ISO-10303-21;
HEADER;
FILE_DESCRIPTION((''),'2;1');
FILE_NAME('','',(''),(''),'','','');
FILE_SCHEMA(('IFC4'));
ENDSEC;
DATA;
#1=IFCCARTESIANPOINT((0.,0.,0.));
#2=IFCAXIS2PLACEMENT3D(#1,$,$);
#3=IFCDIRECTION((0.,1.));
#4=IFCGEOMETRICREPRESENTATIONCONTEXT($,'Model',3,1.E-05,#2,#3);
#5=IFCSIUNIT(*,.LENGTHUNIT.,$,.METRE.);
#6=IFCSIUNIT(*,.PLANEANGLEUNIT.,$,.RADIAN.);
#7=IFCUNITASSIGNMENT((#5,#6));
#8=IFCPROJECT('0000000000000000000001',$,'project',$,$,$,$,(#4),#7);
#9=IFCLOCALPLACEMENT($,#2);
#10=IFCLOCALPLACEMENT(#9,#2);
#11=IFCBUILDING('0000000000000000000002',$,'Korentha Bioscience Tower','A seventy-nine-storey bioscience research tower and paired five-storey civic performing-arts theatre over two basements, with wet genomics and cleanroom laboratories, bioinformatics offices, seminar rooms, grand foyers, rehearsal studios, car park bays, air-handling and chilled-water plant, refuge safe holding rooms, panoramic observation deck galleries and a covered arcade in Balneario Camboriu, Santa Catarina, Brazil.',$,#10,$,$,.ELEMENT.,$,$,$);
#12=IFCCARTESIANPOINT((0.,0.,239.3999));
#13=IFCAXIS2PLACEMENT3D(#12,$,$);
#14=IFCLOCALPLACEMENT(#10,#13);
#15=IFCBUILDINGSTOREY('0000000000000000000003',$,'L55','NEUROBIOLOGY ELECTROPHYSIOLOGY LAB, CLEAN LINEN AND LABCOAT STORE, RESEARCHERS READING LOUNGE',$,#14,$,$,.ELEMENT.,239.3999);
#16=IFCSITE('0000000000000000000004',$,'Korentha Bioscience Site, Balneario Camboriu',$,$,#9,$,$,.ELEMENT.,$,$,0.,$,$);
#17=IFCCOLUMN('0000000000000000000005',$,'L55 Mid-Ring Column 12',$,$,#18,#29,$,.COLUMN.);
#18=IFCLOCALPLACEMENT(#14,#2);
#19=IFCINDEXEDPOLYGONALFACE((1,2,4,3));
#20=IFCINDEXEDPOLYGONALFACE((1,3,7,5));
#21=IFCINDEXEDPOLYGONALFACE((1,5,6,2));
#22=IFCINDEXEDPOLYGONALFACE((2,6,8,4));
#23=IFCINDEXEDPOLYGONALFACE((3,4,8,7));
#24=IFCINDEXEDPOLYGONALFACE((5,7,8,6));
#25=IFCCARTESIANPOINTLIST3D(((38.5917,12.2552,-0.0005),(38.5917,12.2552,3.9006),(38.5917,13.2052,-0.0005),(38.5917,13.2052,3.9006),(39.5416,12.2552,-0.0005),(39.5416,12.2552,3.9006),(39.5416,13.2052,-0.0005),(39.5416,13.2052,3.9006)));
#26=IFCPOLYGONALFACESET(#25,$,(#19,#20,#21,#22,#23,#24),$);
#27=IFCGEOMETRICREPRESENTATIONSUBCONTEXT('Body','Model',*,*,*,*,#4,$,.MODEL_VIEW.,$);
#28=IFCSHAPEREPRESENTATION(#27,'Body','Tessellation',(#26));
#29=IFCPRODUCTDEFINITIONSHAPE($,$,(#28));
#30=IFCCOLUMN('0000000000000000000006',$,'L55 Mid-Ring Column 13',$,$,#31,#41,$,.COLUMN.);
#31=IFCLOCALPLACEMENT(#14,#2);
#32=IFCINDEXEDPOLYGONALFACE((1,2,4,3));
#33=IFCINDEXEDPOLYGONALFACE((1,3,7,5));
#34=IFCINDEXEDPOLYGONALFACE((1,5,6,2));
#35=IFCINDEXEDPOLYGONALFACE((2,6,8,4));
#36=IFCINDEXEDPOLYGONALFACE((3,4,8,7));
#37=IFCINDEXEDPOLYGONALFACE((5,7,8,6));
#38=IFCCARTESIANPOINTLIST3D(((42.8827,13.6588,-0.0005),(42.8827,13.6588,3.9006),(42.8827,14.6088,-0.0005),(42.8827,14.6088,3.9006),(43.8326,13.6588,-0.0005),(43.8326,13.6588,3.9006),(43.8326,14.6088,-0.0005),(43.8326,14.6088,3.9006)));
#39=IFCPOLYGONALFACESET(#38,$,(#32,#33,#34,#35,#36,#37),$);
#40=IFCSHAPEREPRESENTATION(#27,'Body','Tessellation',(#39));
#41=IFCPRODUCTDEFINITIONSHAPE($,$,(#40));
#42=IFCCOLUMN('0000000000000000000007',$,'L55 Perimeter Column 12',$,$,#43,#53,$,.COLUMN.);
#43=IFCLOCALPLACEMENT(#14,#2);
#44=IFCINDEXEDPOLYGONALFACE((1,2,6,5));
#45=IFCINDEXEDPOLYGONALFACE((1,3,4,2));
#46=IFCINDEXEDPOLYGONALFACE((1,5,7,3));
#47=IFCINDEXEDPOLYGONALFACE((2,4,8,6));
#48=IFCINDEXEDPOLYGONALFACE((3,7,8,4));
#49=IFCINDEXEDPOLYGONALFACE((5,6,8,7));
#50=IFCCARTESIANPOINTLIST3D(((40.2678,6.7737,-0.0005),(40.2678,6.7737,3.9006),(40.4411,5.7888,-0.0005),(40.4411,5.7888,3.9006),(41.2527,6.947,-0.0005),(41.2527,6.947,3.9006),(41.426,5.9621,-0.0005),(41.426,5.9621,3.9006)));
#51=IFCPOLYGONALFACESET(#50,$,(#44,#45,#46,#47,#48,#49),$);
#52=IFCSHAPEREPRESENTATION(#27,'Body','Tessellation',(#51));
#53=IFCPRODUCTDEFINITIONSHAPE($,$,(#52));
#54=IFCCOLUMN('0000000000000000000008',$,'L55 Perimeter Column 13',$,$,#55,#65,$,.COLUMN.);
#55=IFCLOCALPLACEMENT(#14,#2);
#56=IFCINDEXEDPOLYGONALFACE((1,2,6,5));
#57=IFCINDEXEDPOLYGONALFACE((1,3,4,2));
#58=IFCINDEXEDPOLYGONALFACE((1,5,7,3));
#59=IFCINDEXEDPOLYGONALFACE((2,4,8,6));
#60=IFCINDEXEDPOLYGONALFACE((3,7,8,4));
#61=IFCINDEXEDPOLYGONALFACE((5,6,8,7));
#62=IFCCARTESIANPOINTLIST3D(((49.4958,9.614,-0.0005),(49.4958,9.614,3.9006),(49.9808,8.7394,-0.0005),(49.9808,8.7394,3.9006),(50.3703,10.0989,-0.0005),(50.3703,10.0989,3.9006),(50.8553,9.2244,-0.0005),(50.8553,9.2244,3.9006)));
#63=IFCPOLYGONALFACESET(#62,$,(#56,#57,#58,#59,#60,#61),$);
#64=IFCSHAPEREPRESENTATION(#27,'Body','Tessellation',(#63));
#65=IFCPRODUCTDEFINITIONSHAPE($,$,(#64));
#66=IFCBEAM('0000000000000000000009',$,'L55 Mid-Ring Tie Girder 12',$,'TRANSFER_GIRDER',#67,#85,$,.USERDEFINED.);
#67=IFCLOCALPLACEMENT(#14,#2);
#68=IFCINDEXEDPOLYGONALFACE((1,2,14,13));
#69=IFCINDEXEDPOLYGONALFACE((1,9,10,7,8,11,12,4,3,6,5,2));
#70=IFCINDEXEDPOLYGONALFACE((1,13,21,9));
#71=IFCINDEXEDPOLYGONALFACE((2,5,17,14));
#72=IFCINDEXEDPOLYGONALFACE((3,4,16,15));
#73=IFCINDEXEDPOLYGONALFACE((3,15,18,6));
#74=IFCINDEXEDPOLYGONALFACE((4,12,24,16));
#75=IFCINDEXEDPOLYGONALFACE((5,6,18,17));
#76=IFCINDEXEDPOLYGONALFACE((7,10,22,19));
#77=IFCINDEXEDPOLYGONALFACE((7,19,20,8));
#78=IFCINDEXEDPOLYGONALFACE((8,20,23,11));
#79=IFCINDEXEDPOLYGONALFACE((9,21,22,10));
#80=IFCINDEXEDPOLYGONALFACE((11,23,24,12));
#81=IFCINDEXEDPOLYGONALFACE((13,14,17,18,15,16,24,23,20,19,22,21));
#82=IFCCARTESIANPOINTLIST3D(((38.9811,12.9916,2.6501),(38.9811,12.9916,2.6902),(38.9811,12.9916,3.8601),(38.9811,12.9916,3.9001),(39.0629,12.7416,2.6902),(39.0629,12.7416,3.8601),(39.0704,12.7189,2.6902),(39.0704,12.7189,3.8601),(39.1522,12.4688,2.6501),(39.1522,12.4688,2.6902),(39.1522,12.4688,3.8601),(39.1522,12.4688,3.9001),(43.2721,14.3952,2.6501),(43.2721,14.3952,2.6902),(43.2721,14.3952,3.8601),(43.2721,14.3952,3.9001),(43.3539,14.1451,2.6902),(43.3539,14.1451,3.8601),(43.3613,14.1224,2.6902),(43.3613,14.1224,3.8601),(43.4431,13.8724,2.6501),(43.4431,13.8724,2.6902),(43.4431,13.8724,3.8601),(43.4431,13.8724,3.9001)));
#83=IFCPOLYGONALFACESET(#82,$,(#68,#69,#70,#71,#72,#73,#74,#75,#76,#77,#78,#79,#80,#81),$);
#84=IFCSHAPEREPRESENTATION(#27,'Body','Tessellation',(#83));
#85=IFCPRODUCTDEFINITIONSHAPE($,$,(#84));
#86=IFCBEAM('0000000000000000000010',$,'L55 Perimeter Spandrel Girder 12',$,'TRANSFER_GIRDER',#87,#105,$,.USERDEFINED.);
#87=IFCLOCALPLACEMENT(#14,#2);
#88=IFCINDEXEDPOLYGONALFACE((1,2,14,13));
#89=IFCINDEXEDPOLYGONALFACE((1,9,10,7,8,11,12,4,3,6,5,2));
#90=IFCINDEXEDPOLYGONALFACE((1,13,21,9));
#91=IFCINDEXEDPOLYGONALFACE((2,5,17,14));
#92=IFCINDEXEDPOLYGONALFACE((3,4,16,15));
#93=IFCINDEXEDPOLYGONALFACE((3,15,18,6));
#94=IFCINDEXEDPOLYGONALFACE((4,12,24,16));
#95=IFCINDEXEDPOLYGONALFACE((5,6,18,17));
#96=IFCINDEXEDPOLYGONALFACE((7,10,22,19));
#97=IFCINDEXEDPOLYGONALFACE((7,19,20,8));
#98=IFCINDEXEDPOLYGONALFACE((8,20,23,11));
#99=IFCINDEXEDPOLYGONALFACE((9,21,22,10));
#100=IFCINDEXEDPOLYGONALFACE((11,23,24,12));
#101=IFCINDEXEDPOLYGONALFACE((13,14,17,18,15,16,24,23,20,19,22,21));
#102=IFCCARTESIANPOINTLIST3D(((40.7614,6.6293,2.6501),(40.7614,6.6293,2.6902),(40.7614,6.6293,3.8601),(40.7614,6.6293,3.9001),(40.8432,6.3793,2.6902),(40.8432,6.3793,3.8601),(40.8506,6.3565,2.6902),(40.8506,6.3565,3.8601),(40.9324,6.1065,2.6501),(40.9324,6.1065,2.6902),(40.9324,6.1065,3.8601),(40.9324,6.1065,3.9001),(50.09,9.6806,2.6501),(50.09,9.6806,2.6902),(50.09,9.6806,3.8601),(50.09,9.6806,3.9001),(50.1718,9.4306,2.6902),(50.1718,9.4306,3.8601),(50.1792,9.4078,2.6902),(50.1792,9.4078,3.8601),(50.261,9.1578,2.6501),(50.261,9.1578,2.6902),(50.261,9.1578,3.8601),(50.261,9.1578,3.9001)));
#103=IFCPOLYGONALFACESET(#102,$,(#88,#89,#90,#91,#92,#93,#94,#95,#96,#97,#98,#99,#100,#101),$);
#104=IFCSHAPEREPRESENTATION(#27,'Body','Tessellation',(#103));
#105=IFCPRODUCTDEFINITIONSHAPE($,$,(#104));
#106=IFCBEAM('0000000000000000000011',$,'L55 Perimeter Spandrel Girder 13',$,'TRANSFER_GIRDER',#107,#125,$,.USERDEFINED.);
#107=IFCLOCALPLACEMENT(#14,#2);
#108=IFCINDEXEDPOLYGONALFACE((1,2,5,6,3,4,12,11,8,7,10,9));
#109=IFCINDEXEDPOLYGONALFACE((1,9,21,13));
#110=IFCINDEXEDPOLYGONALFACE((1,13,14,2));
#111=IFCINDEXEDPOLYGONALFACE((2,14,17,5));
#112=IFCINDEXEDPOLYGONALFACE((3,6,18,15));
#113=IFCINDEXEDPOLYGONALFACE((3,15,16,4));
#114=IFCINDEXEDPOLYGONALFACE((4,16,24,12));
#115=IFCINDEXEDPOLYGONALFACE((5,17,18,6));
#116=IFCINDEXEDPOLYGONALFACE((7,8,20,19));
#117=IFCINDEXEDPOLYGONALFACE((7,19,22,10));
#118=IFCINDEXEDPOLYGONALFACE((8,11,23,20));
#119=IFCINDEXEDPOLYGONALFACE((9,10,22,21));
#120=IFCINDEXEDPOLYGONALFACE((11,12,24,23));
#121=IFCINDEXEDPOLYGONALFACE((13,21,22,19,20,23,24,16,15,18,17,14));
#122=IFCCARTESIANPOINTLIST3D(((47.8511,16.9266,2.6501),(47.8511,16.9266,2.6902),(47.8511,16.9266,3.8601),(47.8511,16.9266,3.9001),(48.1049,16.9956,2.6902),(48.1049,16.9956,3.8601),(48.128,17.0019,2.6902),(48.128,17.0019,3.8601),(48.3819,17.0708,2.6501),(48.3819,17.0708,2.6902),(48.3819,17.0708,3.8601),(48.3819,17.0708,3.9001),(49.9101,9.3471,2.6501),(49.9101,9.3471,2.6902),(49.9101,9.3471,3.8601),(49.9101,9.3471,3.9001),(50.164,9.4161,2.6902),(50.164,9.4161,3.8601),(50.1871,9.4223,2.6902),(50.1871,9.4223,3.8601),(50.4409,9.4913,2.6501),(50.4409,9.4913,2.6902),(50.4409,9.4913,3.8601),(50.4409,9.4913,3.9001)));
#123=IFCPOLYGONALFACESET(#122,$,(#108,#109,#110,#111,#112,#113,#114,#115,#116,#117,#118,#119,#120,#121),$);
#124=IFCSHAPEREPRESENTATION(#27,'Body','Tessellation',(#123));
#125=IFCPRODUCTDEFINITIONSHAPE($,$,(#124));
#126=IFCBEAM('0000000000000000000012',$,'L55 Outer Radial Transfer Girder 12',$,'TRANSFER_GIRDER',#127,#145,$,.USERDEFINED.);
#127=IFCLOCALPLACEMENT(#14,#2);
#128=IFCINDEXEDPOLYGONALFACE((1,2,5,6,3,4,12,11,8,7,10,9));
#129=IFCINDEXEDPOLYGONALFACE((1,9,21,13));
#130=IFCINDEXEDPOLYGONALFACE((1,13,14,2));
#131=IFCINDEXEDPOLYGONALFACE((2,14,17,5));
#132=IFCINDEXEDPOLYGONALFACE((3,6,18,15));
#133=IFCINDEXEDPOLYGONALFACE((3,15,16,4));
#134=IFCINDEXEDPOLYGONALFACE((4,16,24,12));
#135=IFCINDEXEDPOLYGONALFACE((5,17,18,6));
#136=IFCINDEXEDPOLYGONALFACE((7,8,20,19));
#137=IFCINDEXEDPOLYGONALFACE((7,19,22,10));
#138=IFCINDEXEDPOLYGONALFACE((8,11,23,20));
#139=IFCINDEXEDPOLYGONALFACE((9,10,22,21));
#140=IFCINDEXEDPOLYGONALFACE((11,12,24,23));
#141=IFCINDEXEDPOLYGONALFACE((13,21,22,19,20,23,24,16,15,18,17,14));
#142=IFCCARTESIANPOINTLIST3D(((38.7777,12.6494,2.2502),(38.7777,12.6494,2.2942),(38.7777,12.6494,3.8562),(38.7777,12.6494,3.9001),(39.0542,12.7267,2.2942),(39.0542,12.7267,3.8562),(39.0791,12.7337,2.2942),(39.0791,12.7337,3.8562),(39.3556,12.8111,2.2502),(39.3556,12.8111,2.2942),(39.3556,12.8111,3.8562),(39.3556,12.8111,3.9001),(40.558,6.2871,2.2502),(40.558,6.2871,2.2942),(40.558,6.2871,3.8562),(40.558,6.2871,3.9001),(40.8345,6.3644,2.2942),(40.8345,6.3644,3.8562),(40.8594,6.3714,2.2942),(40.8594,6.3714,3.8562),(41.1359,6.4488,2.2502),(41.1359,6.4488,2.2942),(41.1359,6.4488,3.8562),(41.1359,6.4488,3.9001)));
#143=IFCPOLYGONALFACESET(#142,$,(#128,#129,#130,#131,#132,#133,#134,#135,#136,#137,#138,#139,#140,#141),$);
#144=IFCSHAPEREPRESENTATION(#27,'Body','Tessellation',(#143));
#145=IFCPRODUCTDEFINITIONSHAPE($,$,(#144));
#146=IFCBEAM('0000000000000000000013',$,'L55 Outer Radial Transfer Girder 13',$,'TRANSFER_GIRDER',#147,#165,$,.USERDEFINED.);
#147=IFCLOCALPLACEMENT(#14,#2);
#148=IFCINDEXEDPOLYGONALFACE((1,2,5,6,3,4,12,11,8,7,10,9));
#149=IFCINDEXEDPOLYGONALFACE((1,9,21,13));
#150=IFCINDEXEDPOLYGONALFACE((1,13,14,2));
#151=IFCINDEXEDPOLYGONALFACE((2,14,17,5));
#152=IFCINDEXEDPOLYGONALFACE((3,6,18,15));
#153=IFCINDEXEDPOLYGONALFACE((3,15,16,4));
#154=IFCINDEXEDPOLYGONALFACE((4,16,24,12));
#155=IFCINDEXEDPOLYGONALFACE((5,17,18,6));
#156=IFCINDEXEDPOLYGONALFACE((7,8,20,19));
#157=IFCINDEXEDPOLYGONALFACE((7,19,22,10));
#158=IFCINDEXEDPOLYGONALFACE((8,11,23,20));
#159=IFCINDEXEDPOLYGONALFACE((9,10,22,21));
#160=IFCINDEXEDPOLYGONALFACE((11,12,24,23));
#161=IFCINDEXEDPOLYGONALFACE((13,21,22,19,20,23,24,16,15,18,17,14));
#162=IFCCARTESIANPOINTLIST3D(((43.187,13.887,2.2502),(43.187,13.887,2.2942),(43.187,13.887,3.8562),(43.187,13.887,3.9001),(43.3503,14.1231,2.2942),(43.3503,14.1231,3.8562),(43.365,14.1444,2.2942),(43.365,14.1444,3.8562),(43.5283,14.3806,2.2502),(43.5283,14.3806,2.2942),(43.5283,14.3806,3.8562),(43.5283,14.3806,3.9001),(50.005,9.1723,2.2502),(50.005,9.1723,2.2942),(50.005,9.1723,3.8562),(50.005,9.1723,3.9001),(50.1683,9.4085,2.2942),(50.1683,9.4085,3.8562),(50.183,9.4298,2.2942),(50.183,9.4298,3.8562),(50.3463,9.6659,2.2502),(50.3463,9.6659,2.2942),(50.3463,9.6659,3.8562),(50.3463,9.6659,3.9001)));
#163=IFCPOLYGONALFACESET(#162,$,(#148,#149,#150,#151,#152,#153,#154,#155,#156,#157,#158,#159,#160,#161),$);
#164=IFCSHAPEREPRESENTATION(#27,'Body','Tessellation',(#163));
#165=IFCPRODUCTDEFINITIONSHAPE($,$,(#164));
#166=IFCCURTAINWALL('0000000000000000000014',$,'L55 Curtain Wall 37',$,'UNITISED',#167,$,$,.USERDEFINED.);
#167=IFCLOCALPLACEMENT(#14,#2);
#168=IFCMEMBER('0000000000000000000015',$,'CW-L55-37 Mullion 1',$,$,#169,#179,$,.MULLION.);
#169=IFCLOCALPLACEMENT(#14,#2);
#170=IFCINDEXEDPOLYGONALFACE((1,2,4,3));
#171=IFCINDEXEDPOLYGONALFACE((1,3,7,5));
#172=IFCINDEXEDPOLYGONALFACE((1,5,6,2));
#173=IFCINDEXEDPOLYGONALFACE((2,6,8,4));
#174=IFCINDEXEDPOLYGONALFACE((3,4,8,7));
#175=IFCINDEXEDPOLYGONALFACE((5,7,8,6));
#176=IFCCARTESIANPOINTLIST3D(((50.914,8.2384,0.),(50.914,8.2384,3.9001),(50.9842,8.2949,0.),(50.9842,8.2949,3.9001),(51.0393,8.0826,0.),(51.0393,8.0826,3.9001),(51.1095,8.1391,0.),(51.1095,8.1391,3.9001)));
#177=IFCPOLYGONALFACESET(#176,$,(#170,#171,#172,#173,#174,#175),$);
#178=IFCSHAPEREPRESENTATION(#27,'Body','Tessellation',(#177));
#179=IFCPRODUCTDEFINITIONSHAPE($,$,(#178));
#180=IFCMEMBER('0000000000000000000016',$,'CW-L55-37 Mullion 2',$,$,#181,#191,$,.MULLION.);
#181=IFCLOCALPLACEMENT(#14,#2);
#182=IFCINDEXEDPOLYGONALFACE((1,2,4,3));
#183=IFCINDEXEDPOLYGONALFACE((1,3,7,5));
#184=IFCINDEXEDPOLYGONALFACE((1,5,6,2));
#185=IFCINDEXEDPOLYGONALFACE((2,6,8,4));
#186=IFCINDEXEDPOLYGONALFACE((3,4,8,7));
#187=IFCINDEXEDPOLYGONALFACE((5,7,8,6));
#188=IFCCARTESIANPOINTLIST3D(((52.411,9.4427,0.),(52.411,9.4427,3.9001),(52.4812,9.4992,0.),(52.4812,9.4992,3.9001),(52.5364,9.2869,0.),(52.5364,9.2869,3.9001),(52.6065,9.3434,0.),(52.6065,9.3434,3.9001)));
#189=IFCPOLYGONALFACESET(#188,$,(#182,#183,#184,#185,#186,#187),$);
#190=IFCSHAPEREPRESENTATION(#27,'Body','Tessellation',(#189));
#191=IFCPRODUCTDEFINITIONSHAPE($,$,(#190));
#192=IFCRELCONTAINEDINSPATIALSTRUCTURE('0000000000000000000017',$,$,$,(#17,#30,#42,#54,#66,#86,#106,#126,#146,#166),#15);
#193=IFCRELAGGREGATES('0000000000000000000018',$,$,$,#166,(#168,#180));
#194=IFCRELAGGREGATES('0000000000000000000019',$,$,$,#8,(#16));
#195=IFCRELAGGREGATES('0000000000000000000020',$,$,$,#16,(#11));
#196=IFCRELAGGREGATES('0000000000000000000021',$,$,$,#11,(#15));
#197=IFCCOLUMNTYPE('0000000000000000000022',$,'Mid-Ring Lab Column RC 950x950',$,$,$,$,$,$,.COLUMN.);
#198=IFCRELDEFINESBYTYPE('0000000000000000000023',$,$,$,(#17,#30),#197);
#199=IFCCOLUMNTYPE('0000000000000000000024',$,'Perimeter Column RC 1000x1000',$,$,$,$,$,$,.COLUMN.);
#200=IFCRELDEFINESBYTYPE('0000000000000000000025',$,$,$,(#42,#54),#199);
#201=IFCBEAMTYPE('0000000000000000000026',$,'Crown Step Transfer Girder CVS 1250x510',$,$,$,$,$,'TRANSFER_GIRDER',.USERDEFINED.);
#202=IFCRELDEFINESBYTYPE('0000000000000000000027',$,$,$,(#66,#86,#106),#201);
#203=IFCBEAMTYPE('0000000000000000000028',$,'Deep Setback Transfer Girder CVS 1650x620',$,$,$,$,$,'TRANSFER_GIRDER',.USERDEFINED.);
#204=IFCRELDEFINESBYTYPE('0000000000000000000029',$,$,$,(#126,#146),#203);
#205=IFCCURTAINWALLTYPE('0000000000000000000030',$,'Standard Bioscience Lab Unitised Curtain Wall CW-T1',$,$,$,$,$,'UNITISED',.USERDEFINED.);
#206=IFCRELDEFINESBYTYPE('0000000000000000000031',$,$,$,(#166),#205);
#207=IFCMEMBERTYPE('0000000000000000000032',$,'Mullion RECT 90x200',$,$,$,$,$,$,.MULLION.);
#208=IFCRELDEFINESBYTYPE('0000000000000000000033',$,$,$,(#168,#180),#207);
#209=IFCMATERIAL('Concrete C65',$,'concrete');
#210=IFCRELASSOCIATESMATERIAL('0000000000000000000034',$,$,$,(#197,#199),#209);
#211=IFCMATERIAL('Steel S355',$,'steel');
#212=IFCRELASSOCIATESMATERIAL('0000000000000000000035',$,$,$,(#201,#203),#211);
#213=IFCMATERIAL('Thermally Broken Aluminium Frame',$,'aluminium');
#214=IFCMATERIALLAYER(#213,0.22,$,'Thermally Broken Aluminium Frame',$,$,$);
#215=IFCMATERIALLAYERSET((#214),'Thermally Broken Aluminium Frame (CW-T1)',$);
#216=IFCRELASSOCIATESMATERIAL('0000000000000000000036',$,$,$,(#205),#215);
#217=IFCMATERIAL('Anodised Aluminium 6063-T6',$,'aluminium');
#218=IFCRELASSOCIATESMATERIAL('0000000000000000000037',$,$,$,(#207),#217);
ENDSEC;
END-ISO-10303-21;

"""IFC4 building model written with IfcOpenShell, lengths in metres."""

from ifc_helpers import new_model, si_unit, direction, frame, origin, origin_2d, place, context, subcontext, project, spatial, rectangle, i_section, extrude, material, layer, layer_set, material_profile, profile_set, type_object, element, aggregate, save


model = new_model("IFC4")

# Units and contexts
model_context = context("Model", 3, precision=1e-05, world=origin(), true_north=direction((0.0, 1.0)))
body_context = subcontext(model_context, "Body", "Model", "MODEL_VIEW")
ifc_project = project(units=[si_unit("LENGTHUNIT", "METRE"), si_unit("PLANEANGLEUNIT", "RADIAN")], contexts=[model_context])

# Site, building, storey
site_placement = place(None, origin())
site = spatial("IfcSite", under=ifc_project, at=site_placement, Name="Korentha Bioscience Site, Balneario Camboriu", CompositionType="ELEMENT", RefElevation=0.0)
building_placement = place(site_placement, origin())
building = spatial("IfcBuilding", under=site, at=building_placement, Name="Korentha Bioscience Tower", Description="A seventy-nine-storey bioscience research tower and paired five-storey civic performing-arts theatre over two basements, with wet genomics and cleanroom laboratories, bioinformatics offices, seminar rooms, grand foyers, rehearsal studios, car park bays, air-handling and chilled-water plant, refuge safe holding rooms, panoramic observation deck galleries and a covered arcade in Balneario Camboriu, Santa Catarina, Brazil.", CompositionType="ELEMENT")
storey_placement = place(building_placement, frame((0.0, 0.0, 239.3999)))
storey = spatial("IfcBuildingStorey", under=building, at=storey_placement, Name="L55", Description="NEUROBIOLOGY ELECTROPHYSIOLOGY LAB, CLEAN LINEN AND LABCOAT STORE, RESEARCHERS READING LOUNGE", CompositionType="ELEMENT", Elevation=239.3999)

# Columns
ifc_material_1 = material(Name="Concrete C65", Category="concrete")
ifc_material_profile_1 = material_profile(ifc_material_1, rectangle(XDim=0.95, YDim=0.95, at=origin_2d()), Name="Concrete C65")
ifc_profile_set_1 = profile_set([ifc_material_profile_1], Name="Concrete C65 (COL-MR09)")
column_type_1 = type_object("IfcColumnType", Name="Mid-Ring Lab Column RC 950x950", PredefinedType="COLUMN", material=ifc_profile_set_1)
for number, where, z_axis, x_axis, name in (
    (1, (39.0667, 12.7302, -0.0005), (0.0, 0.0, 1.0), (1.0, 0.0, 0.0), "L55 Mid-Ring Column 12"),
    (2, (43.3577, 14.1338, -0.0005), (0.0, 0.0, 1.0), (1.0, 0.0, 0.0), "L55 Mid-Ring Column 13"),
):
    element("IfcColumn", number, at=place(storey_placement, frame(where, z_axis=z_axis, x_axis=x_axis)), inside=storey, type_object=column_type_1, Name=name, PredefinedType="COLUMN", context=body_context, shape_type="SweptSolid", body=[
        extrude(rectangle(XDim=0.95, YDim=0.95, at=origin_2d()), origin(), (0.0, 0.0, 1.0), 3.9011),
    ])
ifc_material_profile_2 = material_profile(ifc_material_1, rectangle(XDim=1.0, YDim=1.0, at=origin_2d()), Name="Concrete C65")
ifc_profile_set_2 = profile_set([ifc_material_profile_2], Name="Concrete C65 (COL-P10)")
column_type_2 = type_object("IfcColumnType", Name="Perimeter Column RC 1000x1000", PredefinedType="COLUMN", material=ifc_profile_set_2)
for number, where, z_axis, x_axis, name in (
    (3, (40.8469, 6.3679, -0.0005), (0.0, 0.0, 1.0), (0.984868, 0.173304, 0.0), "L55 Perimeter Column 12"),
    (4, (50.1755, 9.4192, -0.0005), (0.0, 0.0, 1.0), (0.874535, 0.484962, 0.0), "L55 Perimeter Column 13"),
):
    element("IfcColumn", number, at=place(storey_placement, frame(where, z_axis=z_axis, x_axis=x_axis)), inside=storey, type_object=column_type_2, Name=name, PredefinedType="COLUMN", context=body_context, shape_type="SweptSolid", body=[
        extrude(rectangle(XDim=1.0, YDim=1.0, at=origin_2d()), origin(), (0.0, 0.0, 1.0), 3.9011),
    ])

# Beams
ifc_material_2 = material(Name="Steel S355", Category="steel")
ifc_material_profile_3 = material_profile(ifc_material_2, i_section(OverallWidth=0.55, OverallDepth=1.25, WebThickness=0.0239, FlangeThickness=0.04, at=origin_2d()), Name="Steel S355")
ifc_profile_set_3 = profile_set([ifc_material_profile_3], Name="Steel S355 (TG-03)")
beam_type_1 = type_object("IfcBeamType", Name="Crown Step Transfer Girder CVS 1250x510", ElementType="TRANSFER_GIRDER", PredefinedType="USERDEFINED", material=ifc_profile_set_3)
beam_1_placement = place(storey_placement, frame((39.0667, 12.7302, 3.2751), z_axis=(0.950447, 0.310885, 0.0), x_axis=(-0.310885, 0.950447, 0.0)))
element("IfcBeam", 5, at=beam_1_placement, inside=storey, type_object=beam_type_1, Name="L55 Mid-Ring Tie Girder 12", ObjectType="TRANSFER_GIRDER", PredefinedType="USERDEFINED", context=body_context, shape_type="SweptSolid", body=[
    extrude(i_section(OverallWidth=0.55, OverallDepth=1.25, WebThickness=0.0239, FlangeThickness=0.04, at=origin_2d()), origin(), (0.0, 0.0, 1.0), 4.5146),
])
beam_2_placement = place(storey_placement, frame((40.8469, 6.3679, 3.2751), z_axis=(0.950449, 0.31088, 0.0), x_axis=(-0.31088, 0.950449, 0.0)))
element("IfcBeam", 6, at=beam_2_placement, inside=storey, type_object=beam_type_1, Name="L55 Perimeter Spandrel Girder 12", ObjectType="TRANSFER_GIRDER", PredefinedType="USERDEFINED", context=body_context, shape_type="SweptSolid", body=[
    extrude(i_section(OverallWidth=0.55, OverallDepth=1.25, WebThickness=0.0239, FlangeThickness=0.04, at=origin_2d()), origin(), (0.0, 0.0, 1.0), 9.8149),
])
beam_3_placement = place(storey_placement, frame((50.1755, 9.4192, 3.2751), z_axis=(-0.26216, 0.965024, 0.0), x_axis=(-0.965024, -0.26216, 0.0)))
element("IfcBeam", 7, at=beam_3_placement, inside=storey, type_object=beam_type_1, Name="L55 Perimeter Spandrel Girder 13", ObjectType="TRANSFER_GIRDER", PredefinedType="USERDEFINED", context=body_context, shape_type="SweptSolid", body=[
    extrude(i_section(OverallWidth=0.55, OverallDepth=1.25, WebThickness=0.0239, FlangeThickness=0.04, at=origin_2d()), origin(), (0.0, 0.0, 1.0), 7.8542),
])
ifc_material_profile_4 = material_profile(ifc_material_2, i_section(OverallWidth=0.6001, OverallDepth=1.6499, WebThickness=0.0259, FlangeThickness=0.0439, at=origin_2d()), Name="Steel S355")
ifc_profile_set_4 = profile_set([ifc_material_profile_4], Name="Steel S355 (TG-04)")
beam_type_2 = type_object("IfcBeamType", Name="Deep Setback Transfer Girder CVS 1650x620", ElementType="TRANSFER_GIRDER", PredefinedType="USERDEFINED", material=ifc_profile_set_4)
beam_4_placement = place(storey_placement, frame((39.0667, 12.7302, 3.0752), z_axis=(0.269465, -0.96301, 0.0), x_axis=(0.96301, 0.269465, 0.0)))
element("IfcBeam", 8, at=beam_4_placement, inside=storey, type_object=beam_type_2, Name="L55 Outer Radial Transfer Girder 12", ObjectType="TRANSFER_GIRDER", PredefinedType="USERDEFINED", context=body_context, shape_type="SweptSolid", body=[
    extrude(i_section(OverallWidth=0.6001, OverallDepth=1.6499, WebThickness=0.0259, FlangeThickness=0.0439, at=origin_2d()), origin(), (0.0, 0.0, 1.0), 6.6067),
])
beam_5_placement = place(storey_placement, frame((43.3577, 14.1338, 3.0752), z_axis=(0.822501, -0.568764, 0.0), x_axis=(0.568764, 0.822501, 0.0)))
element("IfcBeam", 9, at=beam_5_placement, inside=storey, type_object=beam_type_2, Name="L55 Outer Radial Transfer Girder 13", ObjectType="TRANSFER_GIRDER", PredefinedType="USERDEFINED", context=body_context, shape_type="SweptSolid", body=[
    extrude(i_section(OverallWidth=0.6001, OverallDepth=1.6499, WebThickness=0.0259, FlangeThickness=0.0439, at=origin_2d()), origin(), (0.0, 0.0, 1.0), 8.2893),
])

# Curtain wall, members
ifc_material_3 = material(Name="Thermally Broken Aluminium Frame", Category="aluminium")
ifc_layer_1 = layer(ifc_material_3, 0.22, Name="Thermally Broken Aluminium Frame")
ifc_layer_set_1 = layer_set([ifc_layer_1], Name="Thermally Broken Aluminium Frame (CW-T1)")
curtain_wall_type = type_object("IfcCurtainWallType", Name="Standard Bioscience Lab Unitised Curtain Wall CW-T1", ElementType="UNITISED", PredefinedType="USERDEFINED", material=ifc_layer_set_1)
curtain_wall_placement = place(storey_placement, origin())
curtain_wall = element("IfcCurtainWall", 10, at=curtain_wall_placement, inside=storey, type_object=curtain_wall_type, Name="L55 Curtain Wall 37", ObjectType="UNITISED", PredefinedType="USERDEFINED")
ifc_material_4 = material(Name="Anodised Aluminium 6063-T6", Category="aluminium")
ifc_material_profile_5 = material_profile(ifc_material_4, rectangle(XDim=0.0901, YDim=0.2, at=origin_2d()), Name="Anodised Aluminium 6063-T6")
ifc_profile_set_5 = profile_set([ifc_material_profile_5], Name="Anodised Aluminium 6063-T6 (CW-MUL)")
member_type_1 = type_object("IfcMemberType", Name="Mullion RECT 90x200", PredefinedType="MULLION", material=ifc_profile_set_5)
member_1_placement = place(storey_placement, frame((51.0117, 8.1887, 0.0), z_axis=(0.0, 0.0, 1.0), x_axis=(0.779198, 0.626778, 0.0)))
member_1 = element("IfcMember", 11, at=member_1_placement, type_object=member_type_1, Name="CW-L55-37 Mullion 1", PredefinedType="MULLION", context=body_context, shape_type="SweptSolid", body=[
    extrude(rectangle(XDim=0.0901, YDim=0.2, at=origin_2d()), origin(), (0.0, 0.0, 1.0), 3.9001),
])
member_2_placement = place(storey_placement, frame((52.5088, 9.3931, 0.0), z_axis=(0.0, 0.0, 1.0), x_axis=(0.779198, 0.626778, 0.0)))
member_2 = element("IfcMember", 12, at=member_2_placement, type_object=member_type_1, Name="CW-L55-37 Mullion 2", PredefinedType="MULLION", context=body_context, shape_type="SweptSolid", body=[
    extrude(rectangle(XDim=0.0901, YDim=0.2, at=origin_2d()), origin(), (0.0, 0.0, 1.0), 3.9001),
])
aggregate(curtain_wall, [member_1, member_2])

save(model, "model.ifc")
